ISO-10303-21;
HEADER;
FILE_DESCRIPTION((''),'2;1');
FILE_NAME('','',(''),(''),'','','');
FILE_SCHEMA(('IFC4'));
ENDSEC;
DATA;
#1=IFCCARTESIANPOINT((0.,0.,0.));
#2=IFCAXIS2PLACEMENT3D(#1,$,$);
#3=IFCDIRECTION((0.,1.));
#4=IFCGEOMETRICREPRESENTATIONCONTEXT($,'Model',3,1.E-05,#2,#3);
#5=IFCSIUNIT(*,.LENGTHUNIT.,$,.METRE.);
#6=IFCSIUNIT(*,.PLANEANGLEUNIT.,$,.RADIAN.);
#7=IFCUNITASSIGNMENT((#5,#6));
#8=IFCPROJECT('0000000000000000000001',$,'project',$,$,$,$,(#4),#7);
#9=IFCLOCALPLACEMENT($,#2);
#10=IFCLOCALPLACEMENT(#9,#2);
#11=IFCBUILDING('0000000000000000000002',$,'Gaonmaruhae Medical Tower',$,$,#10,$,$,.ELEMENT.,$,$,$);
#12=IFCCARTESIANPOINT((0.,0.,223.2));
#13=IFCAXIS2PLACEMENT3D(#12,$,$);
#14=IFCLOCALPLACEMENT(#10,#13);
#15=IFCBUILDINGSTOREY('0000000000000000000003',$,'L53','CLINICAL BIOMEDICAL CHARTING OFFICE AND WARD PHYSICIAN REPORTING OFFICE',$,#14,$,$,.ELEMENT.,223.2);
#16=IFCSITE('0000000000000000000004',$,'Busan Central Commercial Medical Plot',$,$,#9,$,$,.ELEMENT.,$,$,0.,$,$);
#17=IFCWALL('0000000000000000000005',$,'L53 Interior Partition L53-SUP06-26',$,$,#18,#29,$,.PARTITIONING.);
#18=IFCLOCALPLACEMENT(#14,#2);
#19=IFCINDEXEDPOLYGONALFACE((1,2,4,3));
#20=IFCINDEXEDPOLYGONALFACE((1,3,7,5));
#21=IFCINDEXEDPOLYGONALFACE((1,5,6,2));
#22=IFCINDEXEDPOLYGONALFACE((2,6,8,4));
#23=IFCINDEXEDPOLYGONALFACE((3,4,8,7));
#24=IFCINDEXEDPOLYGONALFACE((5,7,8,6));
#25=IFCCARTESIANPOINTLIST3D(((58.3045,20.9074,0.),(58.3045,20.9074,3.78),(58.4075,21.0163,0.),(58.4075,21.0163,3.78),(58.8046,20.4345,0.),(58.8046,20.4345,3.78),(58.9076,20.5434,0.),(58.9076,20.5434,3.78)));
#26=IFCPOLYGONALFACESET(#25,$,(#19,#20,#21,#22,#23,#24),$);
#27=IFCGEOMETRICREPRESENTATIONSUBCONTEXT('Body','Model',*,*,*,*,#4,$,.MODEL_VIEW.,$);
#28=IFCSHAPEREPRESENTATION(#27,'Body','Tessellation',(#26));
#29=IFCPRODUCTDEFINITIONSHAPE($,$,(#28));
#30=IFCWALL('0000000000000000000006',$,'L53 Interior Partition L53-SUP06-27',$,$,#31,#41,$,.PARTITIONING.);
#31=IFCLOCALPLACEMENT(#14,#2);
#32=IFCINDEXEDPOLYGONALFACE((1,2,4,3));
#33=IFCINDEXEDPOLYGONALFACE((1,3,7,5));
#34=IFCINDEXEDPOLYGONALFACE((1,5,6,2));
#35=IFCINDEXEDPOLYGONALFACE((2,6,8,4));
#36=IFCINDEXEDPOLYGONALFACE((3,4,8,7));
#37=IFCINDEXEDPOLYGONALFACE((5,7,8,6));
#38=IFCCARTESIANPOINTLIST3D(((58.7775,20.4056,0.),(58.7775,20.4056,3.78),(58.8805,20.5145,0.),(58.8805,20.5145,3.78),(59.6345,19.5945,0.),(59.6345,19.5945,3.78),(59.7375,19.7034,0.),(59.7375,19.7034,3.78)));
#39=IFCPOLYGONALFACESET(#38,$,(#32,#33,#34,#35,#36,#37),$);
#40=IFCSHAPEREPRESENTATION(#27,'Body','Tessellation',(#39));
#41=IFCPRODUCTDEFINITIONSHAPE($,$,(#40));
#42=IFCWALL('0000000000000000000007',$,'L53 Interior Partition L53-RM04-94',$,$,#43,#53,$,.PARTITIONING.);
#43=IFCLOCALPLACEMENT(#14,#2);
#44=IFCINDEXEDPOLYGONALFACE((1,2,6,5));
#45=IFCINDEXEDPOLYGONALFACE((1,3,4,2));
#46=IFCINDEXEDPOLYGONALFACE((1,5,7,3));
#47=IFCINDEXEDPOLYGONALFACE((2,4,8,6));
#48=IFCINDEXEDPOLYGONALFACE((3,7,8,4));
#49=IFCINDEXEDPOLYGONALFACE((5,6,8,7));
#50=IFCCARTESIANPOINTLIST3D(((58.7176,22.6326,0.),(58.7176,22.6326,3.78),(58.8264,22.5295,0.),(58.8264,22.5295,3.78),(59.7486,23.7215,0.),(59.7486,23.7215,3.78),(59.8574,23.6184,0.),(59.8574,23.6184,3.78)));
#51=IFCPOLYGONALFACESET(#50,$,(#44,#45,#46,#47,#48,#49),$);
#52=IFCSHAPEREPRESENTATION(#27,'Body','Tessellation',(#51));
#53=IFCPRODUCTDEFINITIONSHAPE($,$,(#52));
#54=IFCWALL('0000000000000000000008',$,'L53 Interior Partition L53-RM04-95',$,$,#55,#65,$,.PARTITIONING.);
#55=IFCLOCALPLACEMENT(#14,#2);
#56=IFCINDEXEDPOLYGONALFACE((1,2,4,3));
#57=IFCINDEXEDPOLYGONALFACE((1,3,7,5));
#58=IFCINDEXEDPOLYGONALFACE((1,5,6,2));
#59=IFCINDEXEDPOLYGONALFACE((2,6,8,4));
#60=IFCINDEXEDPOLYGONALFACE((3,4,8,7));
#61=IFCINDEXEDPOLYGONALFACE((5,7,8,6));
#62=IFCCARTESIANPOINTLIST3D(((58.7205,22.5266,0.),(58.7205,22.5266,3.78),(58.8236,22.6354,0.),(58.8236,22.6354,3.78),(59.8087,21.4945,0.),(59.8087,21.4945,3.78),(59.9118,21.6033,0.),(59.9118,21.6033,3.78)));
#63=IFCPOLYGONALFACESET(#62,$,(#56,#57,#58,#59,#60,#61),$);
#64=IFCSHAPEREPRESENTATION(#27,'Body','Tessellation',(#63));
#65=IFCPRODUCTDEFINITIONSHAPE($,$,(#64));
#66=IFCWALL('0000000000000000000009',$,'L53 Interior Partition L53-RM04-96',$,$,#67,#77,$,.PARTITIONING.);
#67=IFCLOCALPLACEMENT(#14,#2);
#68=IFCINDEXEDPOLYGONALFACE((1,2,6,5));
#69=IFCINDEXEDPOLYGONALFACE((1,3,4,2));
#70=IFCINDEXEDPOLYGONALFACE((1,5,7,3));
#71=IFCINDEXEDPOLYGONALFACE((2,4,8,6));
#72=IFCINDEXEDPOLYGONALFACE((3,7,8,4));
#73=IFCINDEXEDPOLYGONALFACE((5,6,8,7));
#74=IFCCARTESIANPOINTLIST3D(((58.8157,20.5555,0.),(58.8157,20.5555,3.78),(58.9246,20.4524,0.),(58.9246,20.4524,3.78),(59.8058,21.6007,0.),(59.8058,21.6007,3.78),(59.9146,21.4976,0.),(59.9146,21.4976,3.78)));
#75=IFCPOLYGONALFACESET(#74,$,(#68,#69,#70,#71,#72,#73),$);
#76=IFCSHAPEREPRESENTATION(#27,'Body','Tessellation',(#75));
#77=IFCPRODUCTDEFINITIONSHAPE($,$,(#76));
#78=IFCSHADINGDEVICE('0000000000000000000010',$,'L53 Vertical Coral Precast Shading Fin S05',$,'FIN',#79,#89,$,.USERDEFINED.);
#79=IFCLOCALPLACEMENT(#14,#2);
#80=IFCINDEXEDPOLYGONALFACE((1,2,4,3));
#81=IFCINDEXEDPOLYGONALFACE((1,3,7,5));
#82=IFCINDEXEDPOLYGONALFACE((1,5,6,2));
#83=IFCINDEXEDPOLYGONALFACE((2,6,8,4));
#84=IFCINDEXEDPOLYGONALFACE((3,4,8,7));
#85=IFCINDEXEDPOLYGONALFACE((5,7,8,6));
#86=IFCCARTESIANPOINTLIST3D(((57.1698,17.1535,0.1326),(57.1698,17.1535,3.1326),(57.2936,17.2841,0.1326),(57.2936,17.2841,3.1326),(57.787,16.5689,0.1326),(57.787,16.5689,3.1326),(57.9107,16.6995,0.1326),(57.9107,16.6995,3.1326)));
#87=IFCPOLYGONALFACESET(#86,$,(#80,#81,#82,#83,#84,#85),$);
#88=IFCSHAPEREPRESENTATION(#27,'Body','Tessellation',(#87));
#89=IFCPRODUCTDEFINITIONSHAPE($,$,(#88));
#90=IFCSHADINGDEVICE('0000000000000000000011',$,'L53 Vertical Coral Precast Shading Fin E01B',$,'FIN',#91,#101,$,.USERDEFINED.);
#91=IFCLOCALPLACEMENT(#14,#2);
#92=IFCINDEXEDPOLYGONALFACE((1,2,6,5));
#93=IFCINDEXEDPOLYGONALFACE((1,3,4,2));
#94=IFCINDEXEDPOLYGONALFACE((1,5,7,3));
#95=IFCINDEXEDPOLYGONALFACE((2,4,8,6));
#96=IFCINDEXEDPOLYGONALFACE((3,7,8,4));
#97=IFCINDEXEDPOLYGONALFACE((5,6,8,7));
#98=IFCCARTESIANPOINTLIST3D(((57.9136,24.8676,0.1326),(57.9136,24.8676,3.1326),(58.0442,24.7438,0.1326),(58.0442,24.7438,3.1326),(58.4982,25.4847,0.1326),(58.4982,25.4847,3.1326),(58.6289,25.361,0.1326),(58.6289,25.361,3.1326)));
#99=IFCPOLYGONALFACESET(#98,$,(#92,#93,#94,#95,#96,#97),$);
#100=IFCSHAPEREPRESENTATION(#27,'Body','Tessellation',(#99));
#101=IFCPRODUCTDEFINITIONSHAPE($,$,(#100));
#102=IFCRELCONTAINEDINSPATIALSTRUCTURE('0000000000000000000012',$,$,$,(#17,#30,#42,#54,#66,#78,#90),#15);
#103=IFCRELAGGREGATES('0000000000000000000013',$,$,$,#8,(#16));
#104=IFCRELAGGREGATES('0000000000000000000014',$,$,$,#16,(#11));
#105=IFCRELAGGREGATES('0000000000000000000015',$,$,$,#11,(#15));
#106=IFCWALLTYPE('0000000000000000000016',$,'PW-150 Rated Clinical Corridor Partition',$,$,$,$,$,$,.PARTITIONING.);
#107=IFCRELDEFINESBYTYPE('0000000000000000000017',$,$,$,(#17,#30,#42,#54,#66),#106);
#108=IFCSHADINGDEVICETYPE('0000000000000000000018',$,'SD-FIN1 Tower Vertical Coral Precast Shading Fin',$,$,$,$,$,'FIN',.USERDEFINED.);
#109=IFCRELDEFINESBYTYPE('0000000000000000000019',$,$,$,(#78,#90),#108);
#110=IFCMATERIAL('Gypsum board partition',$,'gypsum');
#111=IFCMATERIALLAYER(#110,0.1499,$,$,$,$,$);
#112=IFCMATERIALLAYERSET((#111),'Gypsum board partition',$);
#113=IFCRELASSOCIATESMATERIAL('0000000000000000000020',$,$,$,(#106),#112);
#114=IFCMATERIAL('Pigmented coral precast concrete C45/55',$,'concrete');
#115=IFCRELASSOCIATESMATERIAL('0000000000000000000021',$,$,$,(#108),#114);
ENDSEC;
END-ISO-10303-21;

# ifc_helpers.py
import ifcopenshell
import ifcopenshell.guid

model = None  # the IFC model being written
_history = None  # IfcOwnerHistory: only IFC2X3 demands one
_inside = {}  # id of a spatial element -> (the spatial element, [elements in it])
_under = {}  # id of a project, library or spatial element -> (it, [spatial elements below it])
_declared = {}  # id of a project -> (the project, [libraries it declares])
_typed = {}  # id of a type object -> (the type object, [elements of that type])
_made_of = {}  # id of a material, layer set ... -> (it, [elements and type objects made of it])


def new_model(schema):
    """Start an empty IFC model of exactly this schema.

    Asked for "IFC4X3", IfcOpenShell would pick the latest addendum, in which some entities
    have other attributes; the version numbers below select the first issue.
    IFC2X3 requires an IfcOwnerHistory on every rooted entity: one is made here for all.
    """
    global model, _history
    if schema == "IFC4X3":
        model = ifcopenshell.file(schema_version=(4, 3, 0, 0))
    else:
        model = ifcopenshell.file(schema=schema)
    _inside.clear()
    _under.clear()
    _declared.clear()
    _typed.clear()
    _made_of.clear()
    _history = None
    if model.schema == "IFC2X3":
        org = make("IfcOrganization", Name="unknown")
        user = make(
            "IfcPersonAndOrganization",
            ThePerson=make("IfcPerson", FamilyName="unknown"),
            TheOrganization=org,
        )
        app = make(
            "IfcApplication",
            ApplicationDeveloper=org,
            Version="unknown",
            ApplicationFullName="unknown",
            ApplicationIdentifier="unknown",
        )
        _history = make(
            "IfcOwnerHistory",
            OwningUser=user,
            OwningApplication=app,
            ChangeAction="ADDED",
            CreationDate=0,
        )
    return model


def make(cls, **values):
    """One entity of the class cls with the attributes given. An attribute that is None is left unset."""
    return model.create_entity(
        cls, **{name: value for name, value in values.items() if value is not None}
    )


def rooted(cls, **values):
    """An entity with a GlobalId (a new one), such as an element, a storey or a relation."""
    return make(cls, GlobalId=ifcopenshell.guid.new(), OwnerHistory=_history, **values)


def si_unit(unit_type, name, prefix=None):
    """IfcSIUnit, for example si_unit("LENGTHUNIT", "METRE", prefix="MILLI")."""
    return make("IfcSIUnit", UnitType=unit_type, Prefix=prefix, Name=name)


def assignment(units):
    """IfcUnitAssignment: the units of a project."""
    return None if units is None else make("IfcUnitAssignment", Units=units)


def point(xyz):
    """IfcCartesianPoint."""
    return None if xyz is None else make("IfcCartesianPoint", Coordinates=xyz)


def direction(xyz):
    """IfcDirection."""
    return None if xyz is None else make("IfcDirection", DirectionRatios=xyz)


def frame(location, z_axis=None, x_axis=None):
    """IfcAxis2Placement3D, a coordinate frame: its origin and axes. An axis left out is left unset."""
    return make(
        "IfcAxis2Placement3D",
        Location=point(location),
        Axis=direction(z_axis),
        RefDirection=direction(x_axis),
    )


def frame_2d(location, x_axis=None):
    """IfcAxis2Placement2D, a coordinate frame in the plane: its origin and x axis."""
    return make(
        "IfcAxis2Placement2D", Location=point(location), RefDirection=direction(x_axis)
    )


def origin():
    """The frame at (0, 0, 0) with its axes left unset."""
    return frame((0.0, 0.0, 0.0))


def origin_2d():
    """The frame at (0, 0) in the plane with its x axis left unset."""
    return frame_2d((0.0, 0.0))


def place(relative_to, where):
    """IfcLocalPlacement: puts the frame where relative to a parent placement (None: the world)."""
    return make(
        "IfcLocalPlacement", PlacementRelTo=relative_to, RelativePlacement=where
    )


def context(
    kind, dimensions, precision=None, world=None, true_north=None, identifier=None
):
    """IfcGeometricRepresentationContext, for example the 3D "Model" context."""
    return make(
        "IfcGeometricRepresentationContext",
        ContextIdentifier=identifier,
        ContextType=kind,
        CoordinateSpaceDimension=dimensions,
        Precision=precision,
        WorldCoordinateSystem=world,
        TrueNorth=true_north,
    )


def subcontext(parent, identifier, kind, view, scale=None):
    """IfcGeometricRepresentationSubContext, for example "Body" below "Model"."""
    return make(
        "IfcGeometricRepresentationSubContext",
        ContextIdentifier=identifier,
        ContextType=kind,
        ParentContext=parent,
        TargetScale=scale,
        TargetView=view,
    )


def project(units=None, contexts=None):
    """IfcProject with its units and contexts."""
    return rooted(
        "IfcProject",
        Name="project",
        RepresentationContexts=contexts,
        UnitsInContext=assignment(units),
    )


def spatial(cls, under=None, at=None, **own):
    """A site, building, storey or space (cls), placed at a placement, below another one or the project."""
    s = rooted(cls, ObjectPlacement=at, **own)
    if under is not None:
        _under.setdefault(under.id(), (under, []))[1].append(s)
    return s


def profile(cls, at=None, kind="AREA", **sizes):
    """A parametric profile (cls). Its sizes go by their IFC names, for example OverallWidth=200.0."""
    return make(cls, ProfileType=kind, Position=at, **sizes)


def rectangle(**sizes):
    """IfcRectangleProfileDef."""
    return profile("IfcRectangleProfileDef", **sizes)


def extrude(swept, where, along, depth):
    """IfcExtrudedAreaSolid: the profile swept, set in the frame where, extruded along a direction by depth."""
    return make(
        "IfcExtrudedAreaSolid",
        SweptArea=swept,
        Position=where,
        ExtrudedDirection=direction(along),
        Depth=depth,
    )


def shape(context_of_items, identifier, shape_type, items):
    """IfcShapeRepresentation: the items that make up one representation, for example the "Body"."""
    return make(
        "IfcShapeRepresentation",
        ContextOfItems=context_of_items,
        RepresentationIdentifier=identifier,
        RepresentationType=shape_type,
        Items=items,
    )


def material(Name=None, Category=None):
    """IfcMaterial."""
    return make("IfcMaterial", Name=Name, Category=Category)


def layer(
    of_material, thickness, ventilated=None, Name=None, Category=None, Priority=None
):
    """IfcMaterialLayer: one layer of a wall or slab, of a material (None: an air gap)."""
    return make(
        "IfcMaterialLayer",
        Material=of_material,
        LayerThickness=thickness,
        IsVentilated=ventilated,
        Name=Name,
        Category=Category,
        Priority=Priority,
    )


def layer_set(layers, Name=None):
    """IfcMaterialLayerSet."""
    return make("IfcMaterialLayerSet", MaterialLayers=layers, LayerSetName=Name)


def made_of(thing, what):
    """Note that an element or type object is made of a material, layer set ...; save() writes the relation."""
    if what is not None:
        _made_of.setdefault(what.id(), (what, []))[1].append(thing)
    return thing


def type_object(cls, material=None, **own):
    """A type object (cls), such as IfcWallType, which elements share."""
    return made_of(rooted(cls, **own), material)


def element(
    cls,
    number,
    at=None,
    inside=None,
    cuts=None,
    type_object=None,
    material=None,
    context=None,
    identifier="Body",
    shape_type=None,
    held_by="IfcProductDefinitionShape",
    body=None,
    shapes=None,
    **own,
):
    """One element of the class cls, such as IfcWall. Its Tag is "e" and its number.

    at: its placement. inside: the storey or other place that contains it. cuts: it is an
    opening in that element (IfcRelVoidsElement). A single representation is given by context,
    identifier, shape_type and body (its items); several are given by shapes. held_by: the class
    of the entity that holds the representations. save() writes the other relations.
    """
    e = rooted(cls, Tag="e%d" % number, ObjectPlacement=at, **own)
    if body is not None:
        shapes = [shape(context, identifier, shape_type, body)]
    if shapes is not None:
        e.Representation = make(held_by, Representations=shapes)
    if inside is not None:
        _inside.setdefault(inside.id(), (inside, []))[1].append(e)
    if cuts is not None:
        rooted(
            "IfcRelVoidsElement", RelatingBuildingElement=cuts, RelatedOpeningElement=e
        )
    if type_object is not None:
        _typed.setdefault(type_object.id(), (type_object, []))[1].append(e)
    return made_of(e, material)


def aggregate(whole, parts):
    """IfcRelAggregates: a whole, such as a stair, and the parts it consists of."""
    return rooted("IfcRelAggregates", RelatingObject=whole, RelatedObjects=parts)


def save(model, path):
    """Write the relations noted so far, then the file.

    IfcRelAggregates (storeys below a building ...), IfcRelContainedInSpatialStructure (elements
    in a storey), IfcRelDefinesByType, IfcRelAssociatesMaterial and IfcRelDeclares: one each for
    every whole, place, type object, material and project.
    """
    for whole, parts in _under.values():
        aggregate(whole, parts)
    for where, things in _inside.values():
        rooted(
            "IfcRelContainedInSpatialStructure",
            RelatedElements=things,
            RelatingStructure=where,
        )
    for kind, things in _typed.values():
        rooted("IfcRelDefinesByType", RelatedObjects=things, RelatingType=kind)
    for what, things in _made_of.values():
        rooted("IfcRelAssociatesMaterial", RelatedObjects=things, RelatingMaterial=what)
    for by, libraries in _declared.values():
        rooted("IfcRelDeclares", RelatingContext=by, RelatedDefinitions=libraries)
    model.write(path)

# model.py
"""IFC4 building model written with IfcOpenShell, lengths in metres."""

from ifc_helpers import new_model, si_unit, direction, frame, frame_2d, origin, origin_2d, place, context, subcontext, project, spatial, rectangle, extrude, material, layer, layer_set, type_object, element, save


model = new_model("IFC4")

# Units and contexts
model_context = context("Model", 3, precision=1e-05, world=origin(), true_north=direction((0.0, 1.0)))
body_context = subcontext(model_context, "Body", "Model", "MODEL_VIEW")
ifc_project = project(units=[si_unit("LENGTHUNIT", "METRE"), si_unit("PLANEANGLEUNIT", "RADIAN")], contexts=[model_context])

# Site, building, storey
site_placement = place(None, origin())
site = spatial("IfcSite", under=ifc_project, at=site_placement, Name="Busan Central Commercial Medical Plot", CompositionType="ELEMENT", RefElevation=0.0)
building_placement = place(site_placement, origin())
building = spatial("IfcBuilding", under=site, at=building_placement, Name="Gaonmaruhae Medical Tower", CompositionType="ELEMENT")
storey_placement = place(building_placement, frame((0.0, 0.0, 223.2)))
storey = spatial("IfcBuildingStorey", under=building, at=storey_placement, Name="L53", Description="CLINICAL BIOMEDICAL CHARTING OFFICE AND WARD PHYSICIAN REPORTING OFFICE", CompositionType="ELEMENT", Elevation=223.2)

# Shared definitions
ifc_material_1 = material(Name="Gypsum board partition", Category="gypsum")
ifc_layer_1 = layer(ifc_material_1, 0.1499)
ifc_layer_set_1 = layer_set([ifc_layer_1], Name="Gypsum board partition")
wall_type_1 = type_object("IfcWallType", Name="PW-150 Rated Clinical Corridor Partition", PredefinedType="PARTITIONING", material=ifc_layer_set_1)

# Walls
wall_1_placement = place(storey_placement, frame((58.356, 20.9619, 0.0), z_axis=(0.0, 0.0, 1.0), x_axis=(0.726521, -0.687144, 0.0)))
element("IfcWall", 1, at=wall_1_placement, inside=storey, type_object=wall_type_1, Name="L53 Interior Partition L53-SUP06-26", PredefinedType="PARTITIONING", context=body_context, shape_type="SweptSolid", body=[
    extrude(rectangle(XDim=0.6882, YDim=0.1499, at=frame_2d((0.3442, 0.0))), origin(), (0.0, 0.0, 1.0), 3.78),
])
wall_2_placement = place(storey_placement, frame((58.8291, 20.46, 0.0), z_axis=(0.0, 0.0, 1.0), x_axis=(0.72629, -0.687389, 0.0)))
element("IfcWall", 2, at=wall_2_placement, inside=storey, type_object=wall_type_1, Name="L53 Interior Partition L53-SUP06-27", PredefinedType="PARTITIONING", context=body_context, shape_type="SweptSolid", body=[
    extrude(rectangle(XDim=1.1799, YDim=0.1499, at=frame_2d((0.5898, 0.0))), origin(), (0.0, 0.0, 1.0), 3.78),
])
wall_3_placement = place(storey_placement, frame((59.803, 23.6699, 0.0), z_axis=(0.0, 0.0, 1.0), x_axis=(-0.68755, -0.726137, 0.0)))
element("IfcWall", 3, at=wall_3_placement, inside=storey, type_object=wall_type_1, Name="L53 Interior Partition L53-RM04-94", PredefinedType="PARTITIONING", context=body_context, shape_type="SweptSolid", body=[
    extrude(rectangle(XDim=1.4995, YDim=0.1499, at=frame_2d((0.7498, 0.0))), origin(), (0.0, 0.0, 1.0), 3.78),
])
wall_4_placement = place(storey_placement, frame((58.772, 22.5811, 0.0), z_axis=(0.0, 0.0, 1.0), x_axis=(0.72558, -0.688137, 0.0)))
element("IfcWall", 4, at=wall_4_placement, inside=storey, type_object=wall_type_1, Name="L53 Interior Partition L53-RM04-95", PredefinedType="PARTITIONING", context=body_context, shape_type="SweptSolid", body=[
    extrude(rectangle(XDim=1.4998, YDim=0.1499, at=frame_2d((0.75, 0.0))), origin(), (0.0, 0.0, 1.0), 3.78),
])
wall_5_placement = place(storey_placement, frame((59.8601, 21.5491, 0.0), z_axis=(0.0, 0.0, 1.0), x_axis=(-0.687683, -0.726011, 0.0)))
element("IfcWall", 5, at=wall_5_placement, inside=storey, type_object=wall_type_1, Name="L53 Interior Partition L53-RM04-96", PredefinedType="PARTITIONING", context=body_context, shape_type="SweptSolid", body=[
    extrude(rectangle(XDim=1.4397, YDim=0.1499, at=frame_2d((0.7197, 0.0))), origin(), (0.0, 0.0, 1.0), 3.78),
])

# Shading devices
ifc_material_2 = material(Name="Pigmented coral precast concrete C45/55", Category="concrete")
shading_device_type = type_object("IfcShadingDeviceType", Name="SD-FIN1 Tower Vertical Coral Precast Shading Fin", ElementType="FIN", PredefinedType="USERDEFINED", material=ifc_material_2)
for number, where, z_axis, x_axis, name in (
    (6, (57.5403, 16.9265, 0.1326), (0.0, 0.0, 1.0), (-0.687721, -0.725975, 0.0), "L53 Vertical Coral Precast Shading Fin S05"),
    (7, (58.2712, 25.1143, 0.1326), (0.0, 0.0, 1.0), (0.725975, -0.687721, 0.0), "L53 Vertical Coral Precast Shading Fin E01B"),
):
    element("IfcShadingDevice", number, at=place(storey_placement, frame(where, z_axis=z_axis, x_axis=x_axis)), inside=storey, type_object=shading_device_type, Name=name, ObjectType="FIN", PredefinedType="USERDEFINED", context=body_context, shape_type="SweptSolid", body=[
        extrude(rectangle(XDim=0.1799, YDim=0.8501, at=origin_2d()), origin(), (0.0, 0.0, 1.0), 3.0),
    ])

save(model, "model.ifc")
